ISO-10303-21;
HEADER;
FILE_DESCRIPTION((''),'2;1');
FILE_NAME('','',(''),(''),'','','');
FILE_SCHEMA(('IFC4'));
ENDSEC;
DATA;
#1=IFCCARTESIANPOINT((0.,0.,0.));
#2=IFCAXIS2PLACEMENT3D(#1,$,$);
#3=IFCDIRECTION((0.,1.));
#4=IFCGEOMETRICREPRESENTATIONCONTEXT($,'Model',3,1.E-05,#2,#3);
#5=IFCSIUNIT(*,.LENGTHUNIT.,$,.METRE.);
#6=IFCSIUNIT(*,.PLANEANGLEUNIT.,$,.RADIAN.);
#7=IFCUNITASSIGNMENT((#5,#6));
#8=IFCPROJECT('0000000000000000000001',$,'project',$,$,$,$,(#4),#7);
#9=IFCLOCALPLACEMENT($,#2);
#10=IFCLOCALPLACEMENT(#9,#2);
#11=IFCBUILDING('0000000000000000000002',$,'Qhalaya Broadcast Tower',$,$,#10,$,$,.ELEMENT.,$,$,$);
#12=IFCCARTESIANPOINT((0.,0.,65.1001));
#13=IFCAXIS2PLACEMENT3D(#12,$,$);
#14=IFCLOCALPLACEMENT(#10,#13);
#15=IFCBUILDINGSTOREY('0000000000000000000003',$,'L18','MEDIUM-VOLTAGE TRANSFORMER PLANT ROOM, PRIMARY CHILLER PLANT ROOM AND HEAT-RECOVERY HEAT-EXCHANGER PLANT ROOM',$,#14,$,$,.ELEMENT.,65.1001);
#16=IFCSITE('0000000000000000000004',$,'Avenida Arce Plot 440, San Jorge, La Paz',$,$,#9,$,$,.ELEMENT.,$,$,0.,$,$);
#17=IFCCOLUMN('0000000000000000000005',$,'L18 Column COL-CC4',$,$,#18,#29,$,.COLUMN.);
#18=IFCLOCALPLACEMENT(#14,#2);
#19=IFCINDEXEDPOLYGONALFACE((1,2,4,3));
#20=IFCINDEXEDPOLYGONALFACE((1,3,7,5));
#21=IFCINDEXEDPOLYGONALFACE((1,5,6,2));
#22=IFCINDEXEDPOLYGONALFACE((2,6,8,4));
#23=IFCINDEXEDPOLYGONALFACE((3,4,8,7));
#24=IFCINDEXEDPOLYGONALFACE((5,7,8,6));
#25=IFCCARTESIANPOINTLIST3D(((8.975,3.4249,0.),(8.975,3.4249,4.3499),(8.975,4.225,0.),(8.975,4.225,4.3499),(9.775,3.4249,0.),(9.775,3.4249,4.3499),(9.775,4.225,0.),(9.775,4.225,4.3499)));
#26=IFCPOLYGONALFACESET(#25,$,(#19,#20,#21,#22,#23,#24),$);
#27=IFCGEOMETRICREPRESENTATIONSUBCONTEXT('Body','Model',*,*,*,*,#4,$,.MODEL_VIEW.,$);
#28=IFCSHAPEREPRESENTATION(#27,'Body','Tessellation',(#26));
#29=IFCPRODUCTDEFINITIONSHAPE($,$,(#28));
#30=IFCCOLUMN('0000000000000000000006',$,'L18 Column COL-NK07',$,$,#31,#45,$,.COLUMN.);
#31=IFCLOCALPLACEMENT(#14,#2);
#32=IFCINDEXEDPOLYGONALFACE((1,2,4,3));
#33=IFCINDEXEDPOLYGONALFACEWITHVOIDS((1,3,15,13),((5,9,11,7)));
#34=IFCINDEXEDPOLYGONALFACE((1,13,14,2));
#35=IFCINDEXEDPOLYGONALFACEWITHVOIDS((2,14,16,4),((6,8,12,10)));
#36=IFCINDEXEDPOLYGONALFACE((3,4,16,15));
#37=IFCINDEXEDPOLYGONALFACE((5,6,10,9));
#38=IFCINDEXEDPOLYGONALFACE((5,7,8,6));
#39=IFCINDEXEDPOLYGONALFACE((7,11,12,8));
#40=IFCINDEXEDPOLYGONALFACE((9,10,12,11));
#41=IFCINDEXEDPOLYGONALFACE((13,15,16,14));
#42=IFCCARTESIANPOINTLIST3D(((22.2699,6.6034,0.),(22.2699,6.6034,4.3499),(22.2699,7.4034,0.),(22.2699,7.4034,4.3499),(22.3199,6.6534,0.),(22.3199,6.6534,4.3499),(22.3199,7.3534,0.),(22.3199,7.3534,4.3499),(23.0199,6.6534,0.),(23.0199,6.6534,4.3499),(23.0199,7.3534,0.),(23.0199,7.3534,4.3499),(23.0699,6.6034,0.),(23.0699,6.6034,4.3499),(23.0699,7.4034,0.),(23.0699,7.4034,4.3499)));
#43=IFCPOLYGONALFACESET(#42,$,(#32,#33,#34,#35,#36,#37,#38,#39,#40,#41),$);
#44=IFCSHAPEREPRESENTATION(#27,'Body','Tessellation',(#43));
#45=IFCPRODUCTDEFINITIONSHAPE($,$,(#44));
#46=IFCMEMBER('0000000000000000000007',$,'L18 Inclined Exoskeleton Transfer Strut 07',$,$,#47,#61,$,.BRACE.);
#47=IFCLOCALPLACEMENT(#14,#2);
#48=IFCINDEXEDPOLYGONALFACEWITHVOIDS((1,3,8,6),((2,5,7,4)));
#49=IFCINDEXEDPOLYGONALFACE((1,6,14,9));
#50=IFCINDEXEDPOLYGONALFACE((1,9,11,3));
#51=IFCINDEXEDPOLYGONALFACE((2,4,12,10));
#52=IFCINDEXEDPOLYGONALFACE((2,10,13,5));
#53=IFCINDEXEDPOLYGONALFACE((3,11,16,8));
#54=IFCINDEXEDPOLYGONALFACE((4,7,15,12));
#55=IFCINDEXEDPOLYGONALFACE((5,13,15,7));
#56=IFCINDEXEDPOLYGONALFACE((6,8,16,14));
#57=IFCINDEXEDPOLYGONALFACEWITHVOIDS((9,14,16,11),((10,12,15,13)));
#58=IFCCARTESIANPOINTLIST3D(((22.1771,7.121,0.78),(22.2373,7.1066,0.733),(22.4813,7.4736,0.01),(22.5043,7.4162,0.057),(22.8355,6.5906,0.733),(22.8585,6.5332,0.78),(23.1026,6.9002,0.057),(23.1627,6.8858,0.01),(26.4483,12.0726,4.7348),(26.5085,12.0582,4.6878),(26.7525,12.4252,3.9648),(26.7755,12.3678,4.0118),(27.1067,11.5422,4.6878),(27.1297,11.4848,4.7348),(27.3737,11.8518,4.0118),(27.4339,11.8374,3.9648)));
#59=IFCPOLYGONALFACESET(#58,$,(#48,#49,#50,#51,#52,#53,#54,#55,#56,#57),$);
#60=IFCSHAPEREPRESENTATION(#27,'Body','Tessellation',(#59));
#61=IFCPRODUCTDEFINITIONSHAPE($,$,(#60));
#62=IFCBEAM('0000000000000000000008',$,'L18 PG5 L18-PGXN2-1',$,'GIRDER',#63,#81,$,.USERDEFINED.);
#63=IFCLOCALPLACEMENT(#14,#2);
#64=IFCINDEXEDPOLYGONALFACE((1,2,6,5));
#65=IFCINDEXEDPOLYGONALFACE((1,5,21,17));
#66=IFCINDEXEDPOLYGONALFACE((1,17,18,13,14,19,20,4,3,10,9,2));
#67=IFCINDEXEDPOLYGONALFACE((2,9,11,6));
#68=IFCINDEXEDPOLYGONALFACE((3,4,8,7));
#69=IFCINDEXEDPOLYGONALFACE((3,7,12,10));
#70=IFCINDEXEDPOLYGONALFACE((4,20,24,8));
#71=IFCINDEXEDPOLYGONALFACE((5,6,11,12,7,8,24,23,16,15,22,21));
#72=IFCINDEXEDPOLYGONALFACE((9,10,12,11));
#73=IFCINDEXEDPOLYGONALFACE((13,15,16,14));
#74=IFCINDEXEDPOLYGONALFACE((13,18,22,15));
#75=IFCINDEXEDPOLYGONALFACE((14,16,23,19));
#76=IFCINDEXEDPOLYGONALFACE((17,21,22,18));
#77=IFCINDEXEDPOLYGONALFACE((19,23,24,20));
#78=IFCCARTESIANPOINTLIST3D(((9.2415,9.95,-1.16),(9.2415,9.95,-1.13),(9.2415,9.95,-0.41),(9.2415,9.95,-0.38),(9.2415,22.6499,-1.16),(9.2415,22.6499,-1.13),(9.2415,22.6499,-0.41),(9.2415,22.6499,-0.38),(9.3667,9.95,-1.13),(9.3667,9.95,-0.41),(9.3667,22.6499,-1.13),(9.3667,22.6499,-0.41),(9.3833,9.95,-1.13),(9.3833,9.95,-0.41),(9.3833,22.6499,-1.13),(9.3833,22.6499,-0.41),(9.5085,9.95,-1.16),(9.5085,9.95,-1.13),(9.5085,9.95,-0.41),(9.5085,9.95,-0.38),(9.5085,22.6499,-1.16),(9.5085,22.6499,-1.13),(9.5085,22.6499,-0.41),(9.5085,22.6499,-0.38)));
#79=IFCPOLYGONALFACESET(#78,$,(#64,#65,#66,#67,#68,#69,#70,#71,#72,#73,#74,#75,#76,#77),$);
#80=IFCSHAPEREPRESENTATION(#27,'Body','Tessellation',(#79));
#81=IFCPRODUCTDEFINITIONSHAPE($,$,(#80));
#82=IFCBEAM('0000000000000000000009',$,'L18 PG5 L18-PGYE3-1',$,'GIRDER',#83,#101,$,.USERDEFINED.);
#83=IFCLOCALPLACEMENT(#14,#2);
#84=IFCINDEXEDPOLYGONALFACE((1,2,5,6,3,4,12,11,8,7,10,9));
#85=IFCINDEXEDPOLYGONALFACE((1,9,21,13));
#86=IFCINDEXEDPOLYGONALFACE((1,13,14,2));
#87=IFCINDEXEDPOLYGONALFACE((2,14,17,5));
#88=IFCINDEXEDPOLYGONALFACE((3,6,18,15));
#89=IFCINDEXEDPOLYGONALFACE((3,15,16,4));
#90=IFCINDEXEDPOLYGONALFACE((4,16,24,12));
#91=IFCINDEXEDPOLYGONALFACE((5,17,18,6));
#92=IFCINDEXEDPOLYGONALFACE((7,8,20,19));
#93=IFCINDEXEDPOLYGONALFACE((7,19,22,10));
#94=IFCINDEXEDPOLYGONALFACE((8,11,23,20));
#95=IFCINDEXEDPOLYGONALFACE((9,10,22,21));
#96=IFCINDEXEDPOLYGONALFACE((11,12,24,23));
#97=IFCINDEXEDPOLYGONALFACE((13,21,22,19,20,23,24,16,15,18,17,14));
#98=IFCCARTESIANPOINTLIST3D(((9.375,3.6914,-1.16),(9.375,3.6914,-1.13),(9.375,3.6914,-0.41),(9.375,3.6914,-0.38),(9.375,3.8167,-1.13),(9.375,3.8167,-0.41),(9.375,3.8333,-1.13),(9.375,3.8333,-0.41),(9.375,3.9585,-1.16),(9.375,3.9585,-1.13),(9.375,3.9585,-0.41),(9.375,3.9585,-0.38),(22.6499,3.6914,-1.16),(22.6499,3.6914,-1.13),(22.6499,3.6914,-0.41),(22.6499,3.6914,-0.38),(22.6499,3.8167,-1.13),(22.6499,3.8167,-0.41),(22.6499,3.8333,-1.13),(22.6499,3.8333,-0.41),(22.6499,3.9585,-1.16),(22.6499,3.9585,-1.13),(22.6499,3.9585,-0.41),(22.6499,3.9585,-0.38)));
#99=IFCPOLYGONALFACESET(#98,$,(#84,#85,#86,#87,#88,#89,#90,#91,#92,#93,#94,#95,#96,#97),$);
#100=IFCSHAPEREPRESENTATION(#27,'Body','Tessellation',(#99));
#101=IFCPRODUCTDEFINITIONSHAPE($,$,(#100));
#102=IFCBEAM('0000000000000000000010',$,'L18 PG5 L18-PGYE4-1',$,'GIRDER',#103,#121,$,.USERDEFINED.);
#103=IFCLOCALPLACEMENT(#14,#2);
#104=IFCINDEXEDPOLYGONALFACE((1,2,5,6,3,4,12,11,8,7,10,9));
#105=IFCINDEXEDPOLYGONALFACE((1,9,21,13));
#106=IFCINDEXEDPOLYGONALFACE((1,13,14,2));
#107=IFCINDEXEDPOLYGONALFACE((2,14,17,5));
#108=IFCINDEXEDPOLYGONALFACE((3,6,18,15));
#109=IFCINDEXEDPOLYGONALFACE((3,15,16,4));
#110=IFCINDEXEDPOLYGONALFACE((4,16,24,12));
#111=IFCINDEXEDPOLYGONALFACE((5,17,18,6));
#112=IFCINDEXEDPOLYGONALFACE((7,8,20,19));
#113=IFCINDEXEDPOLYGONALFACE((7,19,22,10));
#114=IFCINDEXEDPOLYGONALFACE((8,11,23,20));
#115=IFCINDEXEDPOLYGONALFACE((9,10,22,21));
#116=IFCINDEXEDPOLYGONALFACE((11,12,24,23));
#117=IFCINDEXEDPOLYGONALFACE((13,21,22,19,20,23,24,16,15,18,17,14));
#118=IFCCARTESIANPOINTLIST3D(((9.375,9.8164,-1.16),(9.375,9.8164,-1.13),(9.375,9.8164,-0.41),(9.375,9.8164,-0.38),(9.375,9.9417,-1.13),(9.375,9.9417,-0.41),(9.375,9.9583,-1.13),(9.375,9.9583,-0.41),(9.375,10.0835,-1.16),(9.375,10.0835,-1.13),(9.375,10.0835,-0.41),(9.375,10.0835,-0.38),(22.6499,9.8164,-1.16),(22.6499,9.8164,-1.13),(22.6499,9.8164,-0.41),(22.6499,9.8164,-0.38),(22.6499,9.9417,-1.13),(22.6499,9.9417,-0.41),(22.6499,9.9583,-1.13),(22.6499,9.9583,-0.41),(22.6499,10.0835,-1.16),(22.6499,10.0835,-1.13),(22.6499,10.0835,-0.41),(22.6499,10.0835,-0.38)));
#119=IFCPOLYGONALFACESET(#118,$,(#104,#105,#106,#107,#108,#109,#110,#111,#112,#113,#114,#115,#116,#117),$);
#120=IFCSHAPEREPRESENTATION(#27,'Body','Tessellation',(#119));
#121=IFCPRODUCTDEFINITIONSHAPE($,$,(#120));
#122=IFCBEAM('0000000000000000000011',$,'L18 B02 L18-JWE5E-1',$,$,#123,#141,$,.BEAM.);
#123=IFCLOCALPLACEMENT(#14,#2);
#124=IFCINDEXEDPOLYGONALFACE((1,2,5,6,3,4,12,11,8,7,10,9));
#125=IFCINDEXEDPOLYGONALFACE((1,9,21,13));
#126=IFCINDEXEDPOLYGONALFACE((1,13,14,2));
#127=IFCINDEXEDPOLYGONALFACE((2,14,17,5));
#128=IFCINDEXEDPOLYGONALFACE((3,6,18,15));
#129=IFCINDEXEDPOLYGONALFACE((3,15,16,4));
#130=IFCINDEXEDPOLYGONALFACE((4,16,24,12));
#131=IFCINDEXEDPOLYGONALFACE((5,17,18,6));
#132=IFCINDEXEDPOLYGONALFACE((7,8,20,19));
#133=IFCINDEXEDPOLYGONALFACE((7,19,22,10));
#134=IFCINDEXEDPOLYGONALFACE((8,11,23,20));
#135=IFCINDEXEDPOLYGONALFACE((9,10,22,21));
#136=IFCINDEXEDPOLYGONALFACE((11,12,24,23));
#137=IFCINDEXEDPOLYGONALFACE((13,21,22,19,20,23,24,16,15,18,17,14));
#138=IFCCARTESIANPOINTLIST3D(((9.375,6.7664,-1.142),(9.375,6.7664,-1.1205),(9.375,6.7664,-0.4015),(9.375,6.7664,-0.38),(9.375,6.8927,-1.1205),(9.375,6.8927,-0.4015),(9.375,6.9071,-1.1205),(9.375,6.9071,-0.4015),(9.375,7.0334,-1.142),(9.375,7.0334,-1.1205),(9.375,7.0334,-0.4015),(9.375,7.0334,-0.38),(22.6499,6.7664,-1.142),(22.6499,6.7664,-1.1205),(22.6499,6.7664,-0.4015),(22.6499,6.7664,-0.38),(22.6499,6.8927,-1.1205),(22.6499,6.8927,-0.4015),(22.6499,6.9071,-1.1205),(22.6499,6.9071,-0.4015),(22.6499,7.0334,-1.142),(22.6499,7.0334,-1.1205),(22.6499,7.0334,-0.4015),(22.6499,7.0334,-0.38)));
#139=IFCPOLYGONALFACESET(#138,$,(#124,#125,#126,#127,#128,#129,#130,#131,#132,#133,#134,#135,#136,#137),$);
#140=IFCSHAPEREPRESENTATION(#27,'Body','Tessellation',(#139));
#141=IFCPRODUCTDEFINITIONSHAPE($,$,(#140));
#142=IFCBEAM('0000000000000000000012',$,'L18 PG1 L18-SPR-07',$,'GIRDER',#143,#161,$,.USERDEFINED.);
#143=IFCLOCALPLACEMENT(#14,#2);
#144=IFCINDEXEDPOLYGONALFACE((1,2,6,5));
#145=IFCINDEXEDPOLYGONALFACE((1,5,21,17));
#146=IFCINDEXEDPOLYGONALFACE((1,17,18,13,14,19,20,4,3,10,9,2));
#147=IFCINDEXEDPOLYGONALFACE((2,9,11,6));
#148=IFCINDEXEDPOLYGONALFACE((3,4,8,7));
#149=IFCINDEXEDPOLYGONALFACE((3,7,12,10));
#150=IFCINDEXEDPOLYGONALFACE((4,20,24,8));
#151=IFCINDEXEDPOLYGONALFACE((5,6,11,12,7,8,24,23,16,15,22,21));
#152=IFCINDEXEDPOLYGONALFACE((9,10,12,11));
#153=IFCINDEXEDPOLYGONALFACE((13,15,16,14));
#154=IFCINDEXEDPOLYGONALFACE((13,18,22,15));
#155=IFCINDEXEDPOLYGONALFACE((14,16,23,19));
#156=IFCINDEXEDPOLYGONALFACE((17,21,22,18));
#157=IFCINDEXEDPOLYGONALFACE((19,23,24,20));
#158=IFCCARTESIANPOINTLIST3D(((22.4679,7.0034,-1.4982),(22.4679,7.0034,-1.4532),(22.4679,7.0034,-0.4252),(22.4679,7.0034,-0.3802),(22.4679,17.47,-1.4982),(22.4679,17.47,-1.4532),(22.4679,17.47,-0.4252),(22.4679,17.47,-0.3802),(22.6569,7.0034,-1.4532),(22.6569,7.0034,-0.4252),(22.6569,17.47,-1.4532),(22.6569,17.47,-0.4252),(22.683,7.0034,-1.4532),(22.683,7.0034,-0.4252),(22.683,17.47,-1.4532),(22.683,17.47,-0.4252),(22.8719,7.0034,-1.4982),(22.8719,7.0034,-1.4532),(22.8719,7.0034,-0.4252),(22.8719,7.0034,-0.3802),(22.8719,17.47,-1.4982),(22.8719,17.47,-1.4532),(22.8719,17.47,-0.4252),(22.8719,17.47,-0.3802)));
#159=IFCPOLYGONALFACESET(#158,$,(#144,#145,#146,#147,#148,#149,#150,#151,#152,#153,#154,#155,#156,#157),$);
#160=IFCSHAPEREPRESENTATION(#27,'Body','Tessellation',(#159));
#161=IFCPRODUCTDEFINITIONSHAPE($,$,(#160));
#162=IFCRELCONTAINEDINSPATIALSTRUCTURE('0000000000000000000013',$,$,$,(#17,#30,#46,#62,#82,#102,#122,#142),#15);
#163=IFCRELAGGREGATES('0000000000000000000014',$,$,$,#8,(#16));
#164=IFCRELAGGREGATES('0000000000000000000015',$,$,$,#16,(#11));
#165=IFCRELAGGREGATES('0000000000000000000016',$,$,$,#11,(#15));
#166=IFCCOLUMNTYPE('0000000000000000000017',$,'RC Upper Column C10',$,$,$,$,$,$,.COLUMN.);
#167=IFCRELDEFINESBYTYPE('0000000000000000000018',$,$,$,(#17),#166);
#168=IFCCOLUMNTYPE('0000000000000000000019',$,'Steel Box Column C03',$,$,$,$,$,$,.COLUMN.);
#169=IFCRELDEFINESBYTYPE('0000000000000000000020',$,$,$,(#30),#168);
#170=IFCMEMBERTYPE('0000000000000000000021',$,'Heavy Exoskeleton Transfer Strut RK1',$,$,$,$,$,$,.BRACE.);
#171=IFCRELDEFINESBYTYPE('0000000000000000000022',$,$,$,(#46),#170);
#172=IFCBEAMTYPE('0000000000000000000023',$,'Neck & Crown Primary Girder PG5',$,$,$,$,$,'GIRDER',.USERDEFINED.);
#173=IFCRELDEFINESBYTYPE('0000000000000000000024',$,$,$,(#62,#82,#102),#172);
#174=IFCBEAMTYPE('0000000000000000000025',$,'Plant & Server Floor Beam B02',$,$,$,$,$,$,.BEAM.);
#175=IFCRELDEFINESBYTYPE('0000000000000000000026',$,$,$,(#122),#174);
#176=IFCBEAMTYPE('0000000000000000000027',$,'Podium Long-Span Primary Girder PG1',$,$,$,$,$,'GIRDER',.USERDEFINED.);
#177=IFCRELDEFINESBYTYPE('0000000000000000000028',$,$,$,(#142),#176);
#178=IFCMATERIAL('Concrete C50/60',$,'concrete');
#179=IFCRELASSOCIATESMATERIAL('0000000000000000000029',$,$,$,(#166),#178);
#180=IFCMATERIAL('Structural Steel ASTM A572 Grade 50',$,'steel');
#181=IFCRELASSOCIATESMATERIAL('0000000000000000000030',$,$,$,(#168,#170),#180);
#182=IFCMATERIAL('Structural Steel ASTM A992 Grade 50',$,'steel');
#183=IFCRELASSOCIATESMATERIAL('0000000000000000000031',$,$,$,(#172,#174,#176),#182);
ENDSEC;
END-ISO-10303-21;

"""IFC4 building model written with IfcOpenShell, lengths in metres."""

from ifc_helpers import new_model, si_unit, direction, frame, origin, origin_2d, place, context, subcontext, project, spatial, rectangle, hollow_rectangle, i_section, extrude, material, material_profile, profile_set, type_object, element, save


model = new_model("IFC4")

# Units and contexts
model_context = context("Model", 3, precision=1e-05, world=origin(), true_north=direction((0.0, 1.0)))
body_context = subcontext(model_context, "Body", "Model", "MODEL_VIEW")
ifc_project = project(units=[si_unit("LENGTHUNIT", "METRE"), si_unit("PLANEANGLEUNIT", "RADIAN")], contexts=[model_context])

# Site, building, storey
site_placement = place(None, origin())
site = spatial("IfcSite", under=ifc_project, at=site_placement, Name="Avenida Arce Plot 440, San Jorge, La Paz", CompositionType="ELEMENT", RefElevation=0.0)
building_placement = place(site_placement, origin())
building = spatial("IfcBuilding", under=site, at=building_placement, Name="Qhalaya Broadcast Tower", CompositionType="ELEMENT")
storey_placement = place(building_placement, frame((0.0, 0.0, 65.1001)))
storey = spatial("IfcBuildingStorey", under=building, at=storey_placement, Name="L18", Description="MEDIUM-VOLTAGE TRANSFORMER PLANT ROOM, PRIMARY CHILLER PLANT ROOM AND HEAT-RECOVERY HEAT-EXCHANGER PLANT ROOM", CompositionType="ELEMENT", Elevation=65.1001)

# Columns
ifc_material_1 = material(Name="Concrete C50/60", Category="concrete")
ifc_material_profile_1 = material_profile(ifc_material_1, rectangle(XDim=0.8, YDim=0.8, at=origin_2d()), Name="RC-COL 800x800")
ifc_profile_set_1 = profile_set([ifc_material_profile_1], Name="Concrete C50/60")
column_type_1 = type_object("IfcColumnType", Name="RC Upper Column C10", PredefinedType="COLUMN", material=ifc_profile_set_1)
column_1_placement = place(storey_placement, frame((9.375, 3.825, 0.0), z_axis=(0.0, 0.0, 1.0), x_axis=(1.0, 0.0, 0.0)))
element("IfcColumn", 1, at=column_1_placement, inside=storey, type_object=column_type_1, Name="L18 Column COL-CC4", PredefinedType="COLUMN", context=body_context, shape_type="SweptSolid", body=[
    extrude(rectangle(XDim=0.8, YDim=0.8, at=origin_2d()), origin(), (0.0, 0.0, 1.0), 4.3499),
])
ifc_material_2 = material(Name="Structural Steel ASTM A572 Grade 50", Category="steel")
ifc_material_profile_2 = material_profile(ifc_material_2, hollow_rectangle(XDim=0.8, YDim=0.8, WallThickness=0.05, at=origin_2d()), Name="BOX 800x800x50")
ifc_profile_set_2 = profile_set([ifc_material_profile_2], Name="Structural Steel ASTM A572 Grade 50")
column_type_2 = type_object("IfcColumnType", Name="Steel Box Column C03", PredefinedType="COLUMN", material=ifc_profile_set_2)
column_2_placement = place(storey_placement, frame((22.6699, 7.0034, 0.0), z_axis=(0.0, 0.0, 1.0), x_axis=(0.0, 1.0, 0.0)))
element("IfcColumn", 2, at=column_2_placement, inside=storey, type_object=column_type_2, Name="L18 Column COL-NK07", PredefinedType="COLUMN", context=body_context, shape_type="SweptSolid", body=[
    extrude(hollow_rectangle(XDim=0.8, YDim=0.8, WallThickness=0.05, at=origin_2d()), origin(), (0.0, 0.0, 1.0), 4.3499),
])

# Member
ifc_material_profile_3 = material_profile(ifc_material_2, hollow_rectangle(XDim=0.8999, YDim=0.8999, WallThickness=0.0549, at=origin_2d()), Name="BOX 900x900x55")
ifc_profile_set_3 = profile_set([ifc_material_profile_3], Name="Structural Steel ASTM A572 Grade 50")
member_type = type_object("IfcMemberType", Name="Heavy Exoskeleton Transfer Strut RK1", PredefinedType="BRACE", material=ifc_profile_set_3)
member_placement = place(storey_placement, frame((22.6699, 7.0034, 0.395), z_axis=(0.558902, 0.647937, 0.5175), x_axis=(-0.757216, 0.653165, 0.0)))
element("IfcMember", 3, at=member_placement, inside=storey, type_object=member_type, Name="L18 Inclined Exoskeleton Transfer Strut 07", PredefinedType="BRACE", context=body_context, shape_type="SweptSolid", body=[
    extrude(hollow_rectangle(XDim=0.8999, YDim=0.8999, WallThickness=0.0549, at=origin_2d()), origin(), (0.0, 0.0, 1.0), 7.6421),
])

# Beams
ifc_material_3 = material(Name="Structural Steel ASTM A992 Grade 50", Category="steel")
ifc_material_profile_4 = material_profile(ifc_material_3, i_section(OverallWidth=0.2671, OverallDepth=0.78, WebThickness=0.0166, FlangeThickness=0.03, at=origin_2d()), Name="W30X148")
ifc_profile_set_4 = profile_set([ifc_material_profile_4], Name="Structural Steel ASTM A992 Grade 50")
beam_type_1 = type_object("IfcBeamType", Name="Neck & Crown Primary Girder PG5", ElementType="GIRDER", PredefinedType="USERDEFINED", material=ifc_profile_set_4)
beam_1_placement = place(storey_placement, frame((9.375, 9.95, -0.77), z_axis=(0.0, 1.0, 0.0), x_axis=(-1.0, 0.0, 0.0)))
element("IfcBeam", 4, at=beam_1_placement, inside=storey, type_object=beam_type_1, Name="L18 PG5 L18-PGXN2-1", ObjectType="GIRDER", PredefinedType="USERDEFINED", context=body_context, shape_type="SweptSolid", body=[
    extrude(i_section(OverallWidth=0.2671, OverallDepth=0.78, WebThickness=0.0166, FlangeThickness=0.03, at=origin_2d()), origin(), (0.0, 0.0, 1.0), 12.7),
])
for number, where, z_axis, x_axis, name in (
    (5, (9.375, 3.825, -0.77), (1.0, 0.0, 0.0), (0.0, 1.0, 0.0), "L18 PG5 L18-PGYE3-1"),
    (6, (9.375, 9.95, -0.77), (1.0, 0.0, 0.0), (0.0, 1.0, 0.0), "L18 PG5 L18-PGYE4-1"),
):
    element("IfcBeam", number, at=place(storey_placement, frame(where, z_axis=z_axis, x_axis=x_axis)), inside=storey, type_object=beam_type_1, Name=name, ObjectType="GIRDER", PredefinedType="USERDEFINED", context=body_context, shape_type="SweptSolid", body=[
        extrude(i_section(OverallWidth=0.2671, OverallDepth=0.78, WebThickness=0.0166, FlangeThickness=0.03, at=origin_2d()), origin(), (0.0, 0.0, 1.0), 13.2749),
    ])
ifc_material_profile_5 = material_profile(ifc_material_3, i_section(OverallWidth=0.2671, OverallDepth=0.762, WebThickness=0.0144, FlangeThickness=0.0215, at=origin_2d()), Name="W30X116")
ifc_profile_set_5 = profile_set([ifc_material_profile_5], Name="Structural Steel ASTM A992 Grade 50")
beam_type_2 = type_object("IfcBeamType", Name="Plant & Server Floor Beam B02", PredefinedType="BEAM", material=ifc_profile_set_5)
beam_2_placement = place(storey_placement, frame((9.375, 6.8999, -0.761), z_axis=(1.0, 0.0, 0.0), x_axis=(0.0, 1.0, 0.0)))
element("IfcBeam", 7, at=beam_2_placement, inside=storey, type_object=beam_type_2, Name="L18 B02 L18-JWE5E-1", PredefinedType="BEAM", context=body_context, shape_type="SweptSolid", body=[
    extrude(i_section(OverallWidth=0.2671, OverallDepth=0.762, WebThickness=0.0144, FlangeThickness=0.0215, at=origin_2d()), origin(), (0.0, 0.0, 1.0), 13.2749),
])
ifc_material_profile_6 = material_profile(ifc_material_3, i_section(OverallWidth=0.4041, OverallDepth=1.1179, WebThickness=0.0261, FlangeThickness=0.0449, at=origin_2d()), Name="W44X335")
ifc_profile_set_6 = profile_set([ifc_material_profile_6], Name="Structural Steel ASTM A992 Grade 50")
beam_type_3 = type_object("IfcBeamType", Name="Podium Long-Span Primary Girder PG1", ElementType="GIRDER", PredefinedType="USERDEFINED", material=ifc_profile_set_6)
beam_3_placement = place(storey_placement, frame((22.6699, 7.0034, -0.9392), z_axis=(0.0, 1.0, 0.0), x_axis=(-1.0, 0.0, 0.0)))
element("IfcBeam", 8, at=beam_3_placement, inside=storey, type_object=beam_type_3, Name="L18 PG1 L18-SPR-07", ObjectType="GIRDER", PredefinedType="USERDEFINED", context=body_context, shape_type="SweptSolid", body=[
    extrude(i_section(OverallWidth=0.4041, OverallDepth=1.1179, WebThickness=0.0261, FlangeThickness=0.0449, at=origin_2d()), origin(), (0.0, 0.0, 1.0), 10.4666),
])

save(model, "model.ifc")
